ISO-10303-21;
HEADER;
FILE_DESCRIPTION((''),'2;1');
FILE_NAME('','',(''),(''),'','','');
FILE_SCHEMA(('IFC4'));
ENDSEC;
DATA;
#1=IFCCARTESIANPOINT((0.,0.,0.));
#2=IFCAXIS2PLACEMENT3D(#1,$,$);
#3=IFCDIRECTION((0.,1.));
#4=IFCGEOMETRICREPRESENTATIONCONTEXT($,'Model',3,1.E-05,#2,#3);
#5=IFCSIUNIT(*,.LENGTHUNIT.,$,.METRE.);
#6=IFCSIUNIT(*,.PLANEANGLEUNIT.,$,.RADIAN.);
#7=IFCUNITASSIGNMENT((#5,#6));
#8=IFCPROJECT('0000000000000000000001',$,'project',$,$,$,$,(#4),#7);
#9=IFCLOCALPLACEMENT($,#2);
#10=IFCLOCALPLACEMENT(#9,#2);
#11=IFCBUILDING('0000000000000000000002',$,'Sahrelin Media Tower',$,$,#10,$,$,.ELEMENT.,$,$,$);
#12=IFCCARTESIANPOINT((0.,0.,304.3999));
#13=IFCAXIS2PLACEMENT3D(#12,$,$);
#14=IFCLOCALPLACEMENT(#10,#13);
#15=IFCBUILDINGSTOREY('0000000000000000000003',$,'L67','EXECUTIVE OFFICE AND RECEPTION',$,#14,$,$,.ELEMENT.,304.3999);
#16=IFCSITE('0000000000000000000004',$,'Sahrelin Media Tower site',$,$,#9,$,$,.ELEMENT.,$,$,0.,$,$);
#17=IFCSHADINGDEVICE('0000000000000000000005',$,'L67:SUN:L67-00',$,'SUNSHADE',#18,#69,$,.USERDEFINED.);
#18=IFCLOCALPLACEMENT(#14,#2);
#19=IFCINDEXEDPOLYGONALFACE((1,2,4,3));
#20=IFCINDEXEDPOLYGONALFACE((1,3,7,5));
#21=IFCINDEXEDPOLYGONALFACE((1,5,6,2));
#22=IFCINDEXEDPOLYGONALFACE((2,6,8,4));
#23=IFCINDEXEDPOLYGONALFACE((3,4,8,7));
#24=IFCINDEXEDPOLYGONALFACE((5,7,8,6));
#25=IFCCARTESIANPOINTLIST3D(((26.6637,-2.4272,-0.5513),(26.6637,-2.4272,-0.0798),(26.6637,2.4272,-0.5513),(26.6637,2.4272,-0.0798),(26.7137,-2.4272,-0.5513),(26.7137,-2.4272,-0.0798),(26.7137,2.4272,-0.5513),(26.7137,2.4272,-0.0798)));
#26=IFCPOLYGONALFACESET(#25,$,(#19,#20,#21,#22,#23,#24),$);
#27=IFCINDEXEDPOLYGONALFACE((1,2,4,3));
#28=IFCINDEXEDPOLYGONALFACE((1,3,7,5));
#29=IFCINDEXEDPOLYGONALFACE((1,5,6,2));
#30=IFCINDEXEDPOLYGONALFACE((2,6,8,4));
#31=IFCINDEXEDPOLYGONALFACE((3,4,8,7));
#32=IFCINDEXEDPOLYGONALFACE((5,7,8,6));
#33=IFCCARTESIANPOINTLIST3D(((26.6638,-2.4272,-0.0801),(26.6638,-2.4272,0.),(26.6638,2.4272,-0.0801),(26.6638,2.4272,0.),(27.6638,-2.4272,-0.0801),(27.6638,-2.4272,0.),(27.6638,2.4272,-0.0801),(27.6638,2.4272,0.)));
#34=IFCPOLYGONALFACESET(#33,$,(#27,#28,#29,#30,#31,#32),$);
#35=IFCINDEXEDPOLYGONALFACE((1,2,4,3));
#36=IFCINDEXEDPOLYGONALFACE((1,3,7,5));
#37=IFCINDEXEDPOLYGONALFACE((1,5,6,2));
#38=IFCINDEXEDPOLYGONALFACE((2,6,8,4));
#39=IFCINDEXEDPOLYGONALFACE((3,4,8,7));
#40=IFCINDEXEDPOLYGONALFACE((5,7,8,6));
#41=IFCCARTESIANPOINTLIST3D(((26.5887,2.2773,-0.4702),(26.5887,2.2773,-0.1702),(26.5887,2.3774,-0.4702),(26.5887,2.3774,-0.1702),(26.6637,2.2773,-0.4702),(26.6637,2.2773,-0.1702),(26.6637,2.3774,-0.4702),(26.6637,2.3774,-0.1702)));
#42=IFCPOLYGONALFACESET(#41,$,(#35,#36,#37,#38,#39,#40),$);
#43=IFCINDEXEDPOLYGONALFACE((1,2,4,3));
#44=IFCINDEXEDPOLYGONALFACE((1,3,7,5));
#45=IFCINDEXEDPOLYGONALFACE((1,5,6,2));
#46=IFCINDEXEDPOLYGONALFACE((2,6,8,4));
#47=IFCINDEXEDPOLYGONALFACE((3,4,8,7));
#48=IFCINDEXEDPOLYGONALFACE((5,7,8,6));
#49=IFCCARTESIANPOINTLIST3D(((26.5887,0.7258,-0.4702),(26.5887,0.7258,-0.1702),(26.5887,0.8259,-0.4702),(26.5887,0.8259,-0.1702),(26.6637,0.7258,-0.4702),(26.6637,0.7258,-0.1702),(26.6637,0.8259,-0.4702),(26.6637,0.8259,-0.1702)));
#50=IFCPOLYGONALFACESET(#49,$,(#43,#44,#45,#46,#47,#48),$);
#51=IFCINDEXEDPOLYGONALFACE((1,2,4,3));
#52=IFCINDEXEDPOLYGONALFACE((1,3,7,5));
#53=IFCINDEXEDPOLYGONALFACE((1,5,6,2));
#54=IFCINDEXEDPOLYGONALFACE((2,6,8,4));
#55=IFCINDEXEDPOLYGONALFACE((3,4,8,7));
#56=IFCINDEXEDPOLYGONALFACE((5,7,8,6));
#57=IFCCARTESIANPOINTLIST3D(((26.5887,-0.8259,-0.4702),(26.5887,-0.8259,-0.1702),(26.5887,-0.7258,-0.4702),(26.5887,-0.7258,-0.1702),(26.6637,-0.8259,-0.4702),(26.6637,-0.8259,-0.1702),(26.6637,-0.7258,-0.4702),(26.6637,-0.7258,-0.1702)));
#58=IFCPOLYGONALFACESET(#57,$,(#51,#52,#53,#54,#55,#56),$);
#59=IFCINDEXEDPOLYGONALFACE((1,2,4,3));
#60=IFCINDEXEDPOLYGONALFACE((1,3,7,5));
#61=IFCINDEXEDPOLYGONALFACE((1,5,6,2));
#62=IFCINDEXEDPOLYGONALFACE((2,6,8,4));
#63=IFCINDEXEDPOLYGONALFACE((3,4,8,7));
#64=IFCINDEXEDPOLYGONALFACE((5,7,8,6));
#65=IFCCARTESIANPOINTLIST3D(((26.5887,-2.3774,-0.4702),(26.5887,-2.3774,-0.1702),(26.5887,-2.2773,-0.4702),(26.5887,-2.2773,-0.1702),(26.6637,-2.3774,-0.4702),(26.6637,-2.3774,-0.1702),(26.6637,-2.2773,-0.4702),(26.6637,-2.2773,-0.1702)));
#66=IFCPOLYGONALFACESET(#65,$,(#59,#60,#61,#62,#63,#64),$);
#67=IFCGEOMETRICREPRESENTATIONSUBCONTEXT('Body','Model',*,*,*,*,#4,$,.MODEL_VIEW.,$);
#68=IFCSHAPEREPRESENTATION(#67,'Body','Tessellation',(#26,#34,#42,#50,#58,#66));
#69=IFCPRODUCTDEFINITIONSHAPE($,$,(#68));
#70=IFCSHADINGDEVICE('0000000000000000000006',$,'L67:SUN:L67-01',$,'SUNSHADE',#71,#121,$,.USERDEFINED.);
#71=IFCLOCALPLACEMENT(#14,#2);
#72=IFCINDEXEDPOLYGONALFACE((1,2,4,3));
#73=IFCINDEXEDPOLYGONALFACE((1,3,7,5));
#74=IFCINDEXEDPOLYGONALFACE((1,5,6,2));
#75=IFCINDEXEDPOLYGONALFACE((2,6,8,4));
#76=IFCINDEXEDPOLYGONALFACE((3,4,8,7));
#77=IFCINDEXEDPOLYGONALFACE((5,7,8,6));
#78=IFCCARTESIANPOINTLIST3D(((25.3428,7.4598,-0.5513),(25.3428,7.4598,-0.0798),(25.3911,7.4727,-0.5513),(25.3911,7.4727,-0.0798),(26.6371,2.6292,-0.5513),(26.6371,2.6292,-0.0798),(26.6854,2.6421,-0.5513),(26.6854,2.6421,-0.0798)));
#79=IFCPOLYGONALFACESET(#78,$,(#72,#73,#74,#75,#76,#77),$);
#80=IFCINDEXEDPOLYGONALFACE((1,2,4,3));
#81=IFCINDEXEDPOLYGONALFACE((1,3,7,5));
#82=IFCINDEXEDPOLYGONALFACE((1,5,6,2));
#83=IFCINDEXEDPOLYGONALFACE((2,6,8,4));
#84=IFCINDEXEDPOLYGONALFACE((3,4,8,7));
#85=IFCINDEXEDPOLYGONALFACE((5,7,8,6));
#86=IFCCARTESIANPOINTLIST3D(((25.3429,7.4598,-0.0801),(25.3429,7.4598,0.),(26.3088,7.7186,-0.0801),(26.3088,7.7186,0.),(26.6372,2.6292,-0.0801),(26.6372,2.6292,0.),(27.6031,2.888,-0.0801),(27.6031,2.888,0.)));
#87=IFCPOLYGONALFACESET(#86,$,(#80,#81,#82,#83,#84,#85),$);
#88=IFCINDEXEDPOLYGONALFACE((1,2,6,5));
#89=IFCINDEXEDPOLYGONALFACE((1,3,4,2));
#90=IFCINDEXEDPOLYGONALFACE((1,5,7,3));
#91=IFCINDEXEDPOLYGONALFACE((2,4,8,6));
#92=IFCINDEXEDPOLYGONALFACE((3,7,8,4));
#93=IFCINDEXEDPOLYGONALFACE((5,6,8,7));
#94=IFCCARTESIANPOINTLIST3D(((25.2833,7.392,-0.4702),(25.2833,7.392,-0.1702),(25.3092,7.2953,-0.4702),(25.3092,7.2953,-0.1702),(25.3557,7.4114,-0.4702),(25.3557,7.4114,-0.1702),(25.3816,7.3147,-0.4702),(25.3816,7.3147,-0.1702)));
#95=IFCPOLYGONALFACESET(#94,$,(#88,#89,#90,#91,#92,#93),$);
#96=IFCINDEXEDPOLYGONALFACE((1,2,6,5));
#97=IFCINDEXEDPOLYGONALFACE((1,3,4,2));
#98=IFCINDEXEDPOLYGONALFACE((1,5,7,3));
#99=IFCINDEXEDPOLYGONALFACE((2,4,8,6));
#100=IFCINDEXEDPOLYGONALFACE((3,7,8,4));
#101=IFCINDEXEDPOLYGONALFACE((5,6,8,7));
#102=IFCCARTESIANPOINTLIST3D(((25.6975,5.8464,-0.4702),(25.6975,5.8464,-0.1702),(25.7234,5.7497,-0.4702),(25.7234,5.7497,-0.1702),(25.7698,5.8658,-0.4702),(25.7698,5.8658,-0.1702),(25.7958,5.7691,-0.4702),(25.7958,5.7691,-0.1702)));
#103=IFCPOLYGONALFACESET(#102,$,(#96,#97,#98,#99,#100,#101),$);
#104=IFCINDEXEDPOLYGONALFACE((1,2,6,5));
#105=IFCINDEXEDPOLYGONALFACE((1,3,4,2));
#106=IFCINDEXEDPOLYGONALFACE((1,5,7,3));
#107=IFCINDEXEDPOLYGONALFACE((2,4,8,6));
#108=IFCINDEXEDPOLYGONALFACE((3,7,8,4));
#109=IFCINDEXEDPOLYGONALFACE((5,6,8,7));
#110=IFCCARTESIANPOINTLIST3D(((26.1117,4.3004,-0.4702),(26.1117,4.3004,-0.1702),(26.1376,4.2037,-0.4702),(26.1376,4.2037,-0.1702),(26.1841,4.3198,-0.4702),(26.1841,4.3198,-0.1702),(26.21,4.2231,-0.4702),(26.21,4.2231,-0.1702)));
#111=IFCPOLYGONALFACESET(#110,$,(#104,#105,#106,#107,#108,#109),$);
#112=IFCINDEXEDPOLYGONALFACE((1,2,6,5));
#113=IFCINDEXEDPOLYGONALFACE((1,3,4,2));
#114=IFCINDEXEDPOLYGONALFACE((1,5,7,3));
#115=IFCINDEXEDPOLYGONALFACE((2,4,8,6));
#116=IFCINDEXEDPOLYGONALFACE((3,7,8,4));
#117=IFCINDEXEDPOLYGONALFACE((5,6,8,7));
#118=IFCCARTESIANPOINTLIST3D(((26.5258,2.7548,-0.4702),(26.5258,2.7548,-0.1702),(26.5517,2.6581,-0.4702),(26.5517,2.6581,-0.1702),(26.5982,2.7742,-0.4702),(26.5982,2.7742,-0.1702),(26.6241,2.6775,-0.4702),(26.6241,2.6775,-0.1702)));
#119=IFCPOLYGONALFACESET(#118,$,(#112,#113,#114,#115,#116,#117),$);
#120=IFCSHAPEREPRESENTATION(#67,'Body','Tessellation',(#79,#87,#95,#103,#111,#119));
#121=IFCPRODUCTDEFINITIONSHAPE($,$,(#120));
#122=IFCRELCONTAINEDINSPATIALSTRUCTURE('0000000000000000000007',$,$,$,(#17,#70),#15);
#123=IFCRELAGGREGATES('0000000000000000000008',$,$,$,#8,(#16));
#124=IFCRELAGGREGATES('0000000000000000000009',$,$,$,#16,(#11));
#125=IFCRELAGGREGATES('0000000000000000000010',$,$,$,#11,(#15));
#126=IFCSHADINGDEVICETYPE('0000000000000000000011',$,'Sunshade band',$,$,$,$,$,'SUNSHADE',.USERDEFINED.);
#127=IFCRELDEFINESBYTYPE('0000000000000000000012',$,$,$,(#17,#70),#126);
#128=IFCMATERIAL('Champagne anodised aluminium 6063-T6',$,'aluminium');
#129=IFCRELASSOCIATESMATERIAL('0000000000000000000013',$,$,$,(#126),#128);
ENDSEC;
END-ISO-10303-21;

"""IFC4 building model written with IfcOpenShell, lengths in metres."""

from ifc_helpers import new_model, si_unit, direction, frame, origin, origin_2d, place, context, subcontext, project, spatial, rectangle, extrude, material, type_object, element, save


model = new_model("IFC4")

# Units and contexts
model_context = context("Model", 3, precision=1e-05, world=origin(), true_north=direction((0.0, 1.0)))
body_context = subcontext(model_context, "Body", "Model", "MODEL_VIEW")
ifc_project = project(units=[si_unit("LENGTHUNIT", "METRE"), si_unit("PLANEANGLEUNIT", "RADIAN")], contexts=[model_context])

# Site, building, storey
site_placement = place(None, origin())
site = spatial("IfcSite", under=ifc_project, at=site_placement, Name="Sahrelin Media Tower site", CompositionType="ELEMENT", RefElevation=0.0)
building_placement = place(site_placement, origin())
building = spatial("IfcBuilding", under=site, at=building_placement, Name="Sahrelin Media Tower", CompositionType="ELEMENT")
storey_placement = place(building_placement, frame((0.0, 0.0, 304.3999)))
storey = spatial("IfcBuildingStorey", under=building, at=storey_placement, Name="L67", Description="EXECUTIVE OFFICE AND RECEPTION", CompositionType="ELEMENT", Elevation=304.3999)

# Shared definitions
ifc_material_1 = material(Name="Champagne anodised aluminium 6063-T6", Category="aluminium")

# Shading devices
placement_1 = place(storey_placement, frame((26.6438, 0.0, 0.0), z_axis=(0.0, 0.0, 1.0), x_axis=(0.0, -1.0, 0.0)))
placement_2 = place(storey_placement, frame((25.9707, 5.0393, 0.0), z_axis=(0.0, 0.0, 1.0), x_axis=(0.258808, -0.965929, 0.0)))
shading_device_type_1 = type_object("IfcShadingDeviceType", Name="Sunshade band", ElementType="SUNSHADE", PredefinedType="USERDEFINED", material=ifc_material_1)
element("IfcShadingDevice", 1, at=placement_1, inside=storey, type_object=shading_device_type_1, Name="L67:SUN:L67-00", ObjectType="SUNSHADE", PredefinedType="USERDEFINED", context=body_context, shape_type="SweptSolid", body=[
    extrude(rectangle(XDim=4.8545, YDim=0.05, at=origin_2d()), frame((0.0, 0.0449, -0.5513)), (0.0, 0.0, 1.0), 0.4714),
    extrude(rectangle(XDim=4.8545, YDim=1.0, at=origin_2d()), frame((0.0, 0.52, -0.0801)), (0.0, 0.0, 1.0), 0.0801),
    extrude(rectangle(XDim=0.1001, YDim=0.075, at=origin_2d()), frame((-2.3274, -0.0176, -0.4702)), (0.0, 0.0, 1.0), 0.3),
    extrude(rectangle(XDim=0.1001, YDim=0.075, at=origin_2d()), frame((-0.7759, -0.0176, -0.4702)), (0.0, 0.0, 1.0), 0.3),
    extrude(rectangle(XDim=0.1001, YDim=0.075, at=origin_2d()), frame((0.7759, -0.0176, -0.4702)), (0.0, 0.0, 1.0), 0.3),
    extrude(rectangle(XDim=0.1001, YDim=0.075, at=origin_2d()), frame((2.3274, -0.0176, -0.4702)), (0.0, 0.0, 1.0), 0.3),
])
element("IfcShadingDevice", 2, at=placement_2, inside=storey, type_object=shading_device_type_1, Name="L67:SUN:L67-01", ObjectType="SUNSHADE", PredefinedType="USERDEFINED", context=body_context, shape_type="SweptSolid", body=[
    extrude(rectangle(XDim=5.001, YDim=0.05, at=origin_2d()), frame((0.0, 0.0449, -0.5513)), (0.0, 0.0, 1.0), 0.4714),
    extrude(rectangle(XDim=5.001, YDim=1.0, at=origin_2d()), frame((0.0, 0.52, -0.0801)), (0.0, 0.0, 1.0), 0.0801),
    extrude(rectangle(XDim=0.1001, YDim=0.075, at=origin_2d()), frame((-2.4004, -0.0176, -0.4702)), (0.0, 0.0, 1.0), 0.3),
    extrude(rectangle(XDim=0.1001, YDim=0.075, at=origin_2d()), frame((-0.8003, -0.0176, -0.4702)), (0.0, 0.0, 1.0), 0.3),
    extrude(rectangle(XDim=0.1001, YDim=0.075, at=origin_2d()), frame((0.8003, -0.0176, -0.4702)), (0.0, 0.0, 1.0), 0.3),
    extrude(rectangle(XDim=0.1001, YDim=0.075, at=origin_2d()), frame((2.4004, -0.0176, -0.4702)), (0.0, 0.0, 1.0), 0.3),
])

save(model, "model.ifc")
